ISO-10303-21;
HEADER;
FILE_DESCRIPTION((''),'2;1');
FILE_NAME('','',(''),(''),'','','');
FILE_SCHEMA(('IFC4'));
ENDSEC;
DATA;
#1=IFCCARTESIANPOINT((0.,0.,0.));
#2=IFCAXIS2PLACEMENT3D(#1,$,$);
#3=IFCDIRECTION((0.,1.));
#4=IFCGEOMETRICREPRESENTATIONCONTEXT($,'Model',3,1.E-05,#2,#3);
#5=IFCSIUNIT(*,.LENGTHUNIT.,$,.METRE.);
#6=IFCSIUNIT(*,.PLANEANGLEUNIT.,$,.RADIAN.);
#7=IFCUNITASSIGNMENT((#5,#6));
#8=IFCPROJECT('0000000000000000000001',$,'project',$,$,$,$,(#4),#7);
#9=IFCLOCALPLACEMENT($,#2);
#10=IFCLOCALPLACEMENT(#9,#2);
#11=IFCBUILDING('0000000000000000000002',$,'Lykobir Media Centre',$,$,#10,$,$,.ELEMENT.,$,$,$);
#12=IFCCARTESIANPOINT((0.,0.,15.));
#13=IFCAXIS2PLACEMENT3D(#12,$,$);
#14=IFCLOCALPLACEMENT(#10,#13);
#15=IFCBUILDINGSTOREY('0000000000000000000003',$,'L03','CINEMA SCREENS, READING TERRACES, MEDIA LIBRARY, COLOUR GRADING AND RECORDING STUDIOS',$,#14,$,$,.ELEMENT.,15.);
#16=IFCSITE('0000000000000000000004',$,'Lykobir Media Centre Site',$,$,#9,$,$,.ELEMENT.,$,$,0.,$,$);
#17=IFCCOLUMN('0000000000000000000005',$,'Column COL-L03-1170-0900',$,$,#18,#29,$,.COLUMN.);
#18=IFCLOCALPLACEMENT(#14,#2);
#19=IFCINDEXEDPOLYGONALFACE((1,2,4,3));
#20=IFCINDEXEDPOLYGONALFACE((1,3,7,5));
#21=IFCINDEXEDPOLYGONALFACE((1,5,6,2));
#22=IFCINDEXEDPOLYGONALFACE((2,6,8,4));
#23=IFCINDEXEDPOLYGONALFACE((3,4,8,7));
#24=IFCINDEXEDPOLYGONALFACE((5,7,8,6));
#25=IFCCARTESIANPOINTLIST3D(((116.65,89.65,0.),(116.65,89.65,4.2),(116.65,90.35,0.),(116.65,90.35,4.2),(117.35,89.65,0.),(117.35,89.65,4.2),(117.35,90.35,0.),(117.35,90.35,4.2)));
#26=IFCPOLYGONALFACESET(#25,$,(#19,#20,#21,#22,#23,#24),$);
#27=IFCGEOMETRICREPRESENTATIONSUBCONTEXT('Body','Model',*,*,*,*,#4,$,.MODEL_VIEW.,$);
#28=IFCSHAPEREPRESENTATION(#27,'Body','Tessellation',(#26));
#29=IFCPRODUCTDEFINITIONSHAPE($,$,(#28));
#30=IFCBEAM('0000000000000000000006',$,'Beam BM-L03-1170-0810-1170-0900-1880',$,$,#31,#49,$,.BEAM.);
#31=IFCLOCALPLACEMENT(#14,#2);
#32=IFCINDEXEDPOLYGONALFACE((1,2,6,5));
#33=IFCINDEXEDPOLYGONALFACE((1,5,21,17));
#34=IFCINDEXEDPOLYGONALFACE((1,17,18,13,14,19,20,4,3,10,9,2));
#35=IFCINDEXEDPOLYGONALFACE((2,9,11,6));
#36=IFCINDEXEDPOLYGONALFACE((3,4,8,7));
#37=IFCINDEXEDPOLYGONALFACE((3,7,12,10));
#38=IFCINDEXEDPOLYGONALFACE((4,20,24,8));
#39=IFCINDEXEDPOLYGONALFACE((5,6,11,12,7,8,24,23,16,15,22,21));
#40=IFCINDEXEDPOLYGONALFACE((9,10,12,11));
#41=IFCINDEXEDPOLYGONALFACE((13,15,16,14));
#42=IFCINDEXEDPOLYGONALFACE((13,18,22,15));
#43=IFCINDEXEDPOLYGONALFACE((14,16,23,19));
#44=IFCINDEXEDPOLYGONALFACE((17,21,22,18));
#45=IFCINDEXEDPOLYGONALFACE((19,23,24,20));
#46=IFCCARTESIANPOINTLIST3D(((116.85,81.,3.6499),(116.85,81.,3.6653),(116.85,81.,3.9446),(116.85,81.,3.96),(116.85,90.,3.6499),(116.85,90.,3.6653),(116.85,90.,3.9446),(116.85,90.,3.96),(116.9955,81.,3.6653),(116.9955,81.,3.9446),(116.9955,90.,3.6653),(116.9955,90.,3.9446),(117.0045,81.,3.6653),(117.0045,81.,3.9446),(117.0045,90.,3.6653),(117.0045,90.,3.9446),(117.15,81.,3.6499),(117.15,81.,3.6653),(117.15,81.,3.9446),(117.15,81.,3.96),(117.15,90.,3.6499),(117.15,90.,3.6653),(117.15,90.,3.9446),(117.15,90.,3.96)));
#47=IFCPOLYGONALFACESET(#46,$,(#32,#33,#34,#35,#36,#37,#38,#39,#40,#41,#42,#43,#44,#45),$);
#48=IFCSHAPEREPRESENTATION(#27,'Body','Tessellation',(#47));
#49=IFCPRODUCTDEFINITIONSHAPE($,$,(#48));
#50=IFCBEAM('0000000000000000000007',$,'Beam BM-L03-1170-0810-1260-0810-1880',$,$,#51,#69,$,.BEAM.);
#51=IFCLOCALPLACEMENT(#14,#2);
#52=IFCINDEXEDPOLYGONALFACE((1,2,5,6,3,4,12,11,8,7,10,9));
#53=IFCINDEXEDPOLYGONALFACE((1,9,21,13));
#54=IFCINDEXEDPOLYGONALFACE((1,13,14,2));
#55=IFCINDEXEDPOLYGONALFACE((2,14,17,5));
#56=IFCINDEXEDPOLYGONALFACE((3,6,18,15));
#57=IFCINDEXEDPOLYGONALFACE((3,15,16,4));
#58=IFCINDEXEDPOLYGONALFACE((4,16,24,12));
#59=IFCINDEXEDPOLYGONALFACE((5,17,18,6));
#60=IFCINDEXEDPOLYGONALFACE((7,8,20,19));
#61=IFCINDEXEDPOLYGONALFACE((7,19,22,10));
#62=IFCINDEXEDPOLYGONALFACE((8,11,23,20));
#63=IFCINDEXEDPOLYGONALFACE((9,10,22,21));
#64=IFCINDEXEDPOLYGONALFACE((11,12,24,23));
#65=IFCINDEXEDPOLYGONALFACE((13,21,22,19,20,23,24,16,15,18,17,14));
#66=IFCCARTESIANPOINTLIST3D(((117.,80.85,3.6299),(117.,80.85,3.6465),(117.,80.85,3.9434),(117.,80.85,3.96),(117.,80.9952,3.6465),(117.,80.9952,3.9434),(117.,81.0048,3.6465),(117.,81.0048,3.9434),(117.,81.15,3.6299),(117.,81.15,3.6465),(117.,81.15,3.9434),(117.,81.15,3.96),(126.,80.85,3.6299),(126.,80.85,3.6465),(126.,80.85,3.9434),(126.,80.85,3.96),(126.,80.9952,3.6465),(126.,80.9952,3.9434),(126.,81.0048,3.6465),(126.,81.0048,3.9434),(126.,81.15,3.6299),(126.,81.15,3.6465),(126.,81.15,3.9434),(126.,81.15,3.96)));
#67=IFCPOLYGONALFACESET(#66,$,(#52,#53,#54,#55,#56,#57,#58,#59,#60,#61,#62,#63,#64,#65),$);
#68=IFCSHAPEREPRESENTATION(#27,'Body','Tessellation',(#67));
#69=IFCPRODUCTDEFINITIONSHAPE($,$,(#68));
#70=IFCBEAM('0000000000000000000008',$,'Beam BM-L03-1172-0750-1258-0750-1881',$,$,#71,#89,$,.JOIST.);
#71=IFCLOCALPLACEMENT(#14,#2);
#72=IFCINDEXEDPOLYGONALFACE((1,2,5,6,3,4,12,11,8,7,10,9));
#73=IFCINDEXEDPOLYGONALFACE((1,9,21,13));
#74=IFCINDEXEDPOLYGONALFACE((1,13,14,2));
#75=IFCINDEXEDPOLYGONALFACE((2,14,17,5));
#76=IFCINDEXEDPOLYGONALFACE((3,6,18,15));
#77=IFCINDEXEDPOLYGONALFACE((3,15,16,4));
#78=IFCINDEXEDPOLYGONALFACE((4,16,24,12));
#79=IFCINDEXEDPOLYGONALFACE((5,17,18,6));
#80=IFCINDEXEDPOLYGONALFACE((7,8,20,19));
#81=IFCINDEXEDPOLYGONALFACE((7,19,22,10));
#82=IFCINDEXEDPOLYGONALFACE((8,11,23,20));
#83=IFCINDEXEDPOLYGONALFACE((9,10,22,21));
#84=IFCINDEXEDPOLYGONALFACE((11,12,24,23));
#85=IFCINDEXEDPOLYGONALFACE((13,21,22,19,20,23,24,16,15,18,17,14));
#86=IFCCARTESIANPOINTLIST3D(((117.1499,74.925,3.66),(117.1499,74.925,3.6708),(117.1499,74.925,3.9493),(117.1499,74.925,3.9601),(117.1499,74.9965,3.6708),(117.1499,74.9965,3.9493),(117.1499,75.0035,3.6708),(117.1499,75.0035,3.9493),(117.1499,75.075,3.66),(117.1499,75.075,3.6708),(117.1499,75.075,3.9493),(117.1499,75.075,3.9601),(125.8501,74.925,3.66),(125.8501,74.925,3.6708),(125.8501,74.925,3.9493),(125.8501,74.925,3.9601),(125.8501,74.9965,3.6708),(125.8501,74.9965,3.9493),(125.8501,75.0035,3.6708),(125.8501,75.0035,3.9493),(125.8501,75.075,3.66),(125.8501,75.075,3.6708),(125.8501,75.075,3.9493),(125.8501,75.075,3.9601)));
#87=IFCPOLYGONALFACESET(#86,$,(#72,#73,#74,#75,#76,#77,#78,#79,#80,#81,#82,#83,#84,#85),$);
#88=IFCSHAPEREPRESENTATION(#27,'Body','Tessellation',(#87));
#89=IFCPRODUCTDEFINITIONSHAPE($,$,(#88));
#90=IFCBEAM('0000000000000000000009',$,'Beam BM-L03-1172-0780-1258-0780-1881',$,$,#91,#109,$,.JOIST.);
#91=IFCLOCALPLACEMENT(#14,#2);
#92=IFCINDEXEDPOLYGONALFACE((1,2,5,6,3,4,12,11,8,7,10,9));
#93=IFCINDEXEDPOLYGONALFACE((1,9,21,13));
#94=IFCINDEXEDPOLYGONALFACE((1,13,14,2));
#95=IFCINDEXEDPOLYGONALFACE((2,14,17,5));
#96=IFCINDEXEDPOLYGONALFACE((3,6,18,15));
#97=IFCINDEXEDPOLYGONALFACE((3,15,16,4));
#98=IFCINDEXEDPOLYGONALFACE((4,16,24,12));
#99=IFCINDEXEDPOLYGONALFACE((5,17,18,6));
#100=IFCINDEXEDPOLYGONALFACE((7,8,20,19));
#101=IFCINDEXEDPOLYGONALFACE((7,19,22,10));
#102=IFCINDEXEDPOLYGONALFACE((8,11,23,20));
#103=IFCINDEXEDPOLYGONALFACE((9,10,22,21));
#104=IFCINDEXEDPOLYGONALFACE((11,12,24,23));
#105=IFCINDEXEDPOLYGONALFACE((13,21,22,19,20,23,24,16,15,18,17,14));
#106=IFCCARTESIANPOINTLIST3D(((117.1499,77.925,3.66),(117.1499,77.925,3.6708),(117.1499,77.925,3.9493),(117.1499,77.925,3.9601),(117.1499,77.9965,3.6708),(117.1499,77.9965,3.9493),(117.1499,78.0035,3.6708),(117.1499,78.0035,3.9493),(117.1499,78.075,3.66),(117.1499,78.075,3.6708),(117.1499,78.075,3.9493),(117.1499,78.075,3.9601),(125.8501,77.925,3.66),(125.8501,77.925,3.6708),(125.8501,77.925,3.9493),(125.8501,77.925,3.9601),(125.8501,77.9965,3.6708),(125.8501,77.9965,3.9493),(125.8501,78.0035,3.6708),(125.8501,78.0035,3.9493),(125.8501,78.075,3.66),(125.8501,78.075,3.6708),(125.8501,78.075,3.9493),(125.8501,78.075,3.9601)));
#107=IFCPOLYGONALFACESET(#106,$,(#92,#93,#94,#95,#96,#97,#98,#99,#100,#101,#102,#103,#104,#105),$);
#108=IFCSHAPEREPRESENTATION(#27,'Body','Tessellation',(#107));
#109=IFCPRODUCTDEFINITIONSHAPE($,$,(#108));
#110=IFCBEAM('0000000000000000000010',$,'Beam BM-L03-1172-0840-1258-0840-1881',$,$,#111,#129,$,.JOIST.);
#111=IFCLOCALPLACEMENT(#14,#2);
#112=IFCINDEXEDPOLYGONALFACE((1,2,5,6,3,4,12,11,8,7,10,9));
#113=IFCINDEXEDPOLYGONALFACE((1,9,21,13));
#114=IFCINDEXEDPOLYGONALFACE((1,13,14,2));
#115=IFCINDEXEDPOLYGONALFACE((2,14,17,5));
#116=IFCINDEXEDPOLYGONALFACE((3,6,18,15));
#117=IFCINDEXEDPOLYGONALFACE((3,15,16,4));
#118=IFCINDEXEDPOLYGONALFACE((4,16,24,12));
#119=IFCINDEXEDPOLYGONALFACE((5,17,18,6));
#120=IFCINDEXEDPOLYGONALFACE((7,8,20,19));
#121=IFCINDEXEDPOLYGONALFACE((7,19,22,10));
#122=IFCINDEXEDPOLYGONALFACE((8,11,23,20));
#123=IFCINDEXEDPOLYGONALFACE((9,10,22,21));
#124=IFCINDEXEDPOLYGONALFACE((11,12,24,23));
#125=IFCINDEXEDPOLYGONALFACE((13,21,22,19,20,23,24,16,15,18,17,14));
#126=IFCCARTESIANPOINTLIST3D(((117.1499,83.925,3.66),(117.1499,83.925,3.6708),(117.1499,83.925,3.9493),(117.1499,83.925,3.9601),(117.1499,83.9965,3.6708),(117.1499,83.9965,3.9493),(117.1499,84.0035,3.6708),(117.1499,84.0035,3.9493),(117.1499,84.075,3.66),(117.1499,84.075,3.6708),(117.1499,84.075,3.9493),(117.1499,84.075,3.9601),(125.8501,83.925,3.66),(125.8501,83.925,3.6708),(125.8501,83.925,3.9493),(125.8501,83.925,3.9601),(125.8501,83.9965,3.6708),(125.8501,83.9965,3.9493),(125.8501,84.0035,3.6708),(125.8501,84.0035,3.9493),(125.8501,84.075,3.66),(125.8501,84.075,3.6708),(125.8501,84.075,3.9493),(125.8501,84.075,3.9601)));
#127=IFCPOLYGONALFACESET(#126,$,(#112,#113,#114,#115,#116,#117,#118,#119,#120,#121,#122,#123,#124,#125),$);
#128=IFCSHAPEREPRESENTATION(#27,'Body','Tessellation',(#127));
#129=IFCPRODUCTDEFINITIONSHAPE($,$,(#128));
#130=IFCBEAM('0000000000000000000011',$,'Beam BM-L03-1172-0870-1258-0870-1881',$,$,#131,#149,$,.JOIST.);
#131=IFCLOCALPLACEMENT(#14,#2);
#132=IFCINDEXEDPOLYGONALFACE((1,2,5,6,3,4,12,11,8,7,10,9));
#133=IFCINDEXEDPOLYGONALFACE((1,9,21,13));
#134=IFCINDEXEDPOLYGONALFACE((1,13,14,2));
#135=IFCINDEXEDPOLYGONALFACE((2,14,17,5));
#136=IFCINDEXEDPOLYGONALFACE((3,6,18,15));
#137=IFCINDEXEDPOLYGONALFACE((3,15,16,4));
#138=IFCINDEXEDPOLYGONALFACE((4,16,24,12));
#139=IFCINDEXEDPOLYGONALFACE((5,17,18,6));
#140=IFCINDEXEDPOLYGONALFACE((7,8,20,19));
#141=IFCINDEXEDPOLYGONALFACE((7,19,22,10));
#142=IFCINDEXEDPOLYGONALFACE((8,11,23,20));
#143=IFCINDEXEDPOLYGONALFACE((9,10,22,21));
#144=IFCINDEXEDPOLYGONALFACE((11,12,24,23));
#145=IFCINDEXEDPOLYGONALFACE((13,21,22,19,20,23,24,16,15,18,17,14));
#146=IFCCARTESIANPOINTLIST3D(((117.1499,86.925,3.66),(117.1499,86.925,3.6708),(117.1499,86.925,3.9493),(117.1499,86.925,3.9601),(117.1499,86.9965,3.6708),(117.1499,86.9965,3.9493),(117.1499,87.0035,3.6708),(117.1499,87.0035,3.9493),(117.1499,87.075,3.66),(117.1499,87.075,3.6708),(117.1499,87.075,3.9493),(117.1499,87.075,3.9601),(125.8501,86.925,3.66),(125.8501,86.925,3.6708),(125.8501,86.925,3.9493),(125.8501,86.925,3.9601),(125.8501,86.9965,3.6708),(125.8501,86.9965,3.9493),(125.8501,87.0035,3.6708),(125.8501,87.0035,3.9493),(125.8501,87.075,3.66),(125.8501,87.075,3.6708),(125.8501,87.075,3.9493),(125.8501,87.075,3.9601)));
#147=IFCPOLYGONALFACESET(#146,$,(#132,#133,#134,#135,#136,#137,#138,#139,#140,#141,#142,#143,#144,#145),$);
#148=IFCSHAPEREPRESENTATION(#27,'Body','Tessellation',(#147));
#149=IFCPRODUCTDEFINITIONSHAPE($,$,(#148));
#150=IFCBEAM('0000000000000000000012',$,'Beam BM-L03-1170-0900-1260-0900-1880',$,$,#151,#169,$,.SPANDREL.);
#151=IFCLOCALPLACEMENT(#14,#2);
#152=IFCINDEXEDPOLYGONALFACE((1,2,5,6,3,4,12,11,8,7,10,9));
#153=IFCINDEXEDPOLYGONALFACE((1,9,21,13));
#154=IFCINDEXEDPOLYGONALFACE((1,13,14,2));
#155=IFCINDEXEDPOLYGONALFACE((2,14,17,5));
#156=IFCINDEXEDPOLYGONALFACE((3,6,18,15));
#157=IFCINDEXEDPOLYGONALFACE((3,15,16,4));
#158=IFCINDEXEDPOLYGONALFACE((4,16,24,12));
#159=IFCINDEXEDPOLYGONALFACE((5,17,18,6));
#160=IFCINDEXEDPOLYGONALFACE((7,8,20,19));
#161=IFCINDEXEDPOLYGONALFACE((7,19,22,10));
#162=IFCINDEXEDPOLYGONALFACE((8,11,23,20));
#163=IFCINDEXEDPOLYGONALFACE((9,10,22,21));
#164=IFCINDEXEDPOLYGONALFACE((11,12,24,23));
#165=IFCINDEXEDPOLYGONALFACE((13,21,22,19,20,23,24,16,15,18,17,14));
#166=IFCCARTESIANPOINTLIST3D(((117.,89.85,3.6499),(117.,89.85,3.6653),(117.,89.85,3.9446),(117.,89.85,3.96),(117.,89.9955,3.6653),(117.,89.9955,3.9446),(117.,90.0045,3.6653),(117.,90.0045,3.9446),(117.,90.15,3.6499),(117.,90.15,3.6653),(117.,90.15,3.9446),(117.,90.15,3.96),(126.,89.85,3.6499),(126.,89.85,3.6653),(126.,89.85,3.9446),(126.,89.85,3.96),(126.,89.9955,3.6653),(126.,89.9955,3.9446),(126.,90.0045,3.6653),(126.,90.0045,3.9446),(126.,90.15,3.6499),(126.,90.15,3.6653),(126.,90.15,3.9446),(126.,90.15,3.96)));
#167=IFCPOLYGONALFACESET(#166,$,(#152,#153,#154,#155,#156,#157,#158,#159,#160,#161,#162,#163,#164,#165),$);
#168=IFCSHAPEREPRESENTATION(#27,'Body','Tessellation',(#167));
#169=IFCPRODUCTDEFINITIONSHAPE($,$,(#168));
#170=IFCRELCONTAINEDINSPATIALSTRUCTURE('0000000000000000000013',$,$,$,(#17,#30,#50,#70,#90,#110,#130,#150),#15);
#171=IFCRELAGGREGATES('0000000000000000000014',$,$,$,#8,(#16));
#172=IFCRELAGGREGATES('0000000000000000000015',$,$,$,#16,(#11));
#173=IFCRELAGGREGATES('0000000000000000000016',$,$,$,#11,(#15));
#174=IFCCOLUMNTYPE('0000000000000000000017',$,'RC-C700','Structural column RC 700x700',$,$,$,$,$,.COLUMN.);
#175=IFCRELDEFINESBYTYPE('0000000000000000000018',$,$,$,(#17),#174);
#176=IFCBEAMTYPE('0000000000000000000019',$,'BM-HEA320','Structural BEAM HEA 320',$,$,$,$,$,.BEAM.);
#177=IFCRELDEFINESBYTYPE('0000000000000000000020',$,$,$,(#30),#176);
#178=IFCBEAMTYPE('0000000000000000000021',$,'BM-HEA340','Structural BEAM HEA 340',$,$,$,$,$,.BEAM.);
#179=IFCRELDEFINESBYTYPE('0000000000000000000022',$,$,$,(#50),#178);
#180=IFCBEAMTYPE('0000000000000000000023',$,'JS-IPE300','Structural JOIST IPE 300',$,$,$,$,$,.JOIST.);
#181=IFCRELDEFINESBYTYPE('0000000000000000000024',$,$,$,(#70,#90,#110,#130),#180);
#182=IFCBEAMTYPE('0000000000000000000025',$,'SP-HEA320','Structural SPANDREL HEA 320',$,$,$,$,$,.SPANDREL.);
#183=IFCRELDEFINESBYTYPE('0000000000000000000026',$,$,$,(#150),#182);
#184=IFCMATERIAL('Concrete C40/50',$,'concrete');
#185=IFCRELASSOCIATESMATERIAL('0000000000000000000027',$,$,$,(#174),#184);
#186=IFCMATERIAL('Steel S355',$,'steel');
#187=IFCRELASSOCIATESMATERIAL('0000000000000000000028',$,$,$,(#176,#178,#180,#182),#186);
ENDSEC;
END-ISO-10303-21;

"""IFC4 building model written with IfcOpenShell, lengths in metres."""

from ifc_helpers import new_model, si_unit, direction, frame, origin, origin_2d, place, context, subcontext, project, spatial, rectangle, i_section, extrude, material, material_profile, profile_set, type_object, element, save


model = new_model("IFC4")

# Units and contexts
model_context = context("Model", 3, precision=1e-05, world=origin(), true_north=direction((0.0, 1.0)))
body_context = subcontext(model_context, "Body", "Model", "MODEL_VIEW")
ifc_project = project(units=[si_unit("LENGTHUNIT", "METRE"), si_unit("PLANEANGLEUNIT", "RADIAN")], contexts=[model_context])

# Site, building, storey
site_placement = place(None, origin())
site = spatial("IfcSite", under=ifc_project, at=site_placement, Name="Lykobir Media Centre Site", CompositionType="ELEMENT", RefElevation=0.0)
building_placement = place(site_placement, origin())
building = spatial("IfcBuilding", under=site, at=building_placement, Name="Lykobir Media Centre", CompositionType="ELEMENT")
storey_placement = place(building_placement, frame((0.0, 0.0, 15.0)))
storey = spatial("IfcBuildingStorey", under=building, at=storey_placement, Name="L03", Description="CINEMA SCREENS, READING TERRACES, MEDIA LIBRARY, COLOUR GRADING AND RECORDING STUDIOS", CompositionType="ELEMENT", Elevation=15.0)

# Column
ifc_material_1 = material(Name="Concrete C40/50", Category="concrete")
ifc_material_profile_1 = material_profile(ifc_material_1, rectangle(XDim=0.7, YDim=0.7, at=origin_2d()), Name="RC 700x700")
ifc_profile_set_1 = profile_set([ifc_material_profile_1], Name="Concrete C40/50")
column_type = type_object("IfcColumnType", Name="RC-C700", Description="Structural column RC 700x700", PredefinedType="COLUMN", material=ifc_profile_set_1)
column_placement = place(storey_placement, frame((117.0, 90.0, 0.0), z_axis=(0.0, 0.0, 1.0), x_axis=(1.0, 0.0, 0.0)))
element("IfcColumn", 1, at=column_placement, inside=storey, type_object=column_type, Name="Column COL-L03-1170-0900", PredefinedType="COLUMN", context=body_context, shape_type="SweptSolid", body=[
    extrude(rectangle(XDim=0.7, YDim=0.7, at=origin_2d()), origin(), (0.0, 0.0, 1.0), 4.2),
])

# Beams
ifc_material_2 = material(Name="Steel S355", Category="steel")
ifc_material_profile_2 = material_profile(ifc_material_2, i_section(OverallWidth=0.3, OverallDepth=0.3101, WebThickness=0.009, FlangeThickness=0.0154, at=origin_2d()), Name="HEA 320")
ifc_profile_set_2 = profile_set([ifc_material_profile_2], Name="Steel S355")
beam_type_1 = type_object("IfcBeamType", Name="BM-HEA320", Description="Structural BEAM HEA 320", PredefinedType="BEAM", material=ifc_profile_set_2)
beam_1_placement = place(storey_placement, frame((117.0, 81.0, 3.8049), z_axis=(0.0, 1.0, 0.0), x_axis=(-1.0, 0.0, 0.0)))
element("IfcBeam", 2, at=beam_1_placement, inside=storey, type_object=beam_type_1, Name="Beam BM-L03-1170-0810-1170-0900-1880", PredefinedType="BEAM", context=body_context, shape_type="SweptSolid", body=[
    extrude(i_section(OverallWidth=0.3, OverallDepth=0.3101, WebThickness=0.009, FlangeThickness=0.0154, at=origin_2d()), origin(), (0.0, 0.0, 1.0), 9.0),
])
ifc_material_profile_3 = material_profile(ifc_material_2, i_section(OverallWidth=0.3, OverallDepth=0.3301, WebThickness=0.0095, FlangeThickness=0.0166, at=origin_2d()), Name="HEA 340")
ifc_profile_set_3 = profile_set([ifc_material_profile_3], Name="Steel S355")
beam_type_2 = type_object("IfcBeamType", Name="BM-HEA340", Description="Structural BEAM HEA 340", PredefinedType="BEAM", material=ifc_profile_set_3)
beam_2_placement = place(storey_placement, frame((117.0, 81.0, 3.7949), z_axis=(1.0, 0.0, 0.0), x_axis=(0.0, 1.0, 0.0)))
element("IfcBeam", 3, at=beam_2_placement, inside=storey, type_object=beam_type_2, Name="Beam BM-L03-1170-0810-1260-0810-1880", PredefinedType="BEAM", context=body_context, shape_type="SweptSolid", body=[
    extrude(i_section(OverallWidth=0.3, OverallDepth=0.3301, WebThickness=0.0095, FlangeThickness=0.0166, at=origin_2d()), origin(), (0.0, 0.0, 1.0), 9.0),
])
ifc_material_profile_4 = material_profile(ifc_material_2, i_section(OverallWidth=0.1499, OverallDepth=0.3, WebThickness=0.0071, FlangeThickness=0.0107, at=origin_2d()), Name="IPE 300")
ifc_profile_set_4 = profile_set([ifc_material_profile_4], Name="Steel S355")
beam_type_3 = type_object("IfcBeamType", Name="JS-IPE300", Description="Structural JOIST IPE 300", PredefinedType="JOIST", material=ifc_profile_set_4)
for number, where, z_axis, x_axis, name in (
    (4, (117.1499, 75.0, 3.8101), (1.0, 0.0, 0.0), (0.0, 1.0, 0.0), "Beam BM-L03-1172-0750-1258-0750-1881"),
    (5, (117.1499, 78.0, 3.8101), (1.0, 0.0, 0.0), (0.0, 1.0, 0.0), "Beam BM-L03-1172-0780-1258-0780-1881"),
    (6, (117.1499, 84.0, 3.8101), (1.0, 0.0, 0.0), (0.0, 1.0, 0.0), "Beam BM-L03-1172-0840-1258-0840-1881"),
    (7, (117.1499, 87.0, 3.8101), (1.0, 0.0, 0.0), (0.0, 1.0, 0.0), "Beam BM-L03-1172-0870-1258-0870-1881"),
):
    element("IfcBeam", number, at=place(storey_placement, frame(where, z_axis=z_axis, x_axis=x_axis)), inside=storey, type_object=beam_type_3, Name=name, PredefinedType="JOIST", context=body_context, shape_type="SweptSolid", body=[
        extrude(i_section(OverallWidth=0.1499, OverallDepth=0.3, WebThickness=0.0071, FlangeThickness=0.0107, at=origin_2d()), origin(), (0.0, 0.0, 1.0), 8.7002),
    ])
ifc_material_profile_5 = material_profile(ifc_material_2, i_section(OverallWidth=0.3, OverallDepth=0.3101, WebThickness=0.009, FlangeThickness=0.0154, at=origin_2d()), Name="HEA 320")
ifc_profile_set_5 = profile_set([ifc_material_profile_5], Name="Steel S355")
beam_type_4 = type_object("IfcBeamType", Name="SP-HEA320", Description="Structural SPANDREL HEA 320", PredefinedType="SPANDREL", material=ifc_profile_set_5)
beam_3_placement = place(storey_placement, frame((117.0, 90.0, 3.8049), z_axis=(1.0, 0.0, 0.0), x_axis=(0.0, 1.0, 0.0)))
element("IfcBeam", 8, at=beam_3_placement, inside=storey, type_object=beam_type_4, Name="Beam BM-L03-1170-0900-1260-0900-1880", PredefinedType="SPANDREL", context=body_context, shape_type="SweptSolid", body=[
    extrude(i_section(OverallWidth=0.3, OverallDepth=0.3101, WebThickness=0.009, FlangeThickness=0.0154, at=origin_2d()), origin(), (0.0, 0.0, 1.0), 9.0),
])

save(model, "model.ifc")
